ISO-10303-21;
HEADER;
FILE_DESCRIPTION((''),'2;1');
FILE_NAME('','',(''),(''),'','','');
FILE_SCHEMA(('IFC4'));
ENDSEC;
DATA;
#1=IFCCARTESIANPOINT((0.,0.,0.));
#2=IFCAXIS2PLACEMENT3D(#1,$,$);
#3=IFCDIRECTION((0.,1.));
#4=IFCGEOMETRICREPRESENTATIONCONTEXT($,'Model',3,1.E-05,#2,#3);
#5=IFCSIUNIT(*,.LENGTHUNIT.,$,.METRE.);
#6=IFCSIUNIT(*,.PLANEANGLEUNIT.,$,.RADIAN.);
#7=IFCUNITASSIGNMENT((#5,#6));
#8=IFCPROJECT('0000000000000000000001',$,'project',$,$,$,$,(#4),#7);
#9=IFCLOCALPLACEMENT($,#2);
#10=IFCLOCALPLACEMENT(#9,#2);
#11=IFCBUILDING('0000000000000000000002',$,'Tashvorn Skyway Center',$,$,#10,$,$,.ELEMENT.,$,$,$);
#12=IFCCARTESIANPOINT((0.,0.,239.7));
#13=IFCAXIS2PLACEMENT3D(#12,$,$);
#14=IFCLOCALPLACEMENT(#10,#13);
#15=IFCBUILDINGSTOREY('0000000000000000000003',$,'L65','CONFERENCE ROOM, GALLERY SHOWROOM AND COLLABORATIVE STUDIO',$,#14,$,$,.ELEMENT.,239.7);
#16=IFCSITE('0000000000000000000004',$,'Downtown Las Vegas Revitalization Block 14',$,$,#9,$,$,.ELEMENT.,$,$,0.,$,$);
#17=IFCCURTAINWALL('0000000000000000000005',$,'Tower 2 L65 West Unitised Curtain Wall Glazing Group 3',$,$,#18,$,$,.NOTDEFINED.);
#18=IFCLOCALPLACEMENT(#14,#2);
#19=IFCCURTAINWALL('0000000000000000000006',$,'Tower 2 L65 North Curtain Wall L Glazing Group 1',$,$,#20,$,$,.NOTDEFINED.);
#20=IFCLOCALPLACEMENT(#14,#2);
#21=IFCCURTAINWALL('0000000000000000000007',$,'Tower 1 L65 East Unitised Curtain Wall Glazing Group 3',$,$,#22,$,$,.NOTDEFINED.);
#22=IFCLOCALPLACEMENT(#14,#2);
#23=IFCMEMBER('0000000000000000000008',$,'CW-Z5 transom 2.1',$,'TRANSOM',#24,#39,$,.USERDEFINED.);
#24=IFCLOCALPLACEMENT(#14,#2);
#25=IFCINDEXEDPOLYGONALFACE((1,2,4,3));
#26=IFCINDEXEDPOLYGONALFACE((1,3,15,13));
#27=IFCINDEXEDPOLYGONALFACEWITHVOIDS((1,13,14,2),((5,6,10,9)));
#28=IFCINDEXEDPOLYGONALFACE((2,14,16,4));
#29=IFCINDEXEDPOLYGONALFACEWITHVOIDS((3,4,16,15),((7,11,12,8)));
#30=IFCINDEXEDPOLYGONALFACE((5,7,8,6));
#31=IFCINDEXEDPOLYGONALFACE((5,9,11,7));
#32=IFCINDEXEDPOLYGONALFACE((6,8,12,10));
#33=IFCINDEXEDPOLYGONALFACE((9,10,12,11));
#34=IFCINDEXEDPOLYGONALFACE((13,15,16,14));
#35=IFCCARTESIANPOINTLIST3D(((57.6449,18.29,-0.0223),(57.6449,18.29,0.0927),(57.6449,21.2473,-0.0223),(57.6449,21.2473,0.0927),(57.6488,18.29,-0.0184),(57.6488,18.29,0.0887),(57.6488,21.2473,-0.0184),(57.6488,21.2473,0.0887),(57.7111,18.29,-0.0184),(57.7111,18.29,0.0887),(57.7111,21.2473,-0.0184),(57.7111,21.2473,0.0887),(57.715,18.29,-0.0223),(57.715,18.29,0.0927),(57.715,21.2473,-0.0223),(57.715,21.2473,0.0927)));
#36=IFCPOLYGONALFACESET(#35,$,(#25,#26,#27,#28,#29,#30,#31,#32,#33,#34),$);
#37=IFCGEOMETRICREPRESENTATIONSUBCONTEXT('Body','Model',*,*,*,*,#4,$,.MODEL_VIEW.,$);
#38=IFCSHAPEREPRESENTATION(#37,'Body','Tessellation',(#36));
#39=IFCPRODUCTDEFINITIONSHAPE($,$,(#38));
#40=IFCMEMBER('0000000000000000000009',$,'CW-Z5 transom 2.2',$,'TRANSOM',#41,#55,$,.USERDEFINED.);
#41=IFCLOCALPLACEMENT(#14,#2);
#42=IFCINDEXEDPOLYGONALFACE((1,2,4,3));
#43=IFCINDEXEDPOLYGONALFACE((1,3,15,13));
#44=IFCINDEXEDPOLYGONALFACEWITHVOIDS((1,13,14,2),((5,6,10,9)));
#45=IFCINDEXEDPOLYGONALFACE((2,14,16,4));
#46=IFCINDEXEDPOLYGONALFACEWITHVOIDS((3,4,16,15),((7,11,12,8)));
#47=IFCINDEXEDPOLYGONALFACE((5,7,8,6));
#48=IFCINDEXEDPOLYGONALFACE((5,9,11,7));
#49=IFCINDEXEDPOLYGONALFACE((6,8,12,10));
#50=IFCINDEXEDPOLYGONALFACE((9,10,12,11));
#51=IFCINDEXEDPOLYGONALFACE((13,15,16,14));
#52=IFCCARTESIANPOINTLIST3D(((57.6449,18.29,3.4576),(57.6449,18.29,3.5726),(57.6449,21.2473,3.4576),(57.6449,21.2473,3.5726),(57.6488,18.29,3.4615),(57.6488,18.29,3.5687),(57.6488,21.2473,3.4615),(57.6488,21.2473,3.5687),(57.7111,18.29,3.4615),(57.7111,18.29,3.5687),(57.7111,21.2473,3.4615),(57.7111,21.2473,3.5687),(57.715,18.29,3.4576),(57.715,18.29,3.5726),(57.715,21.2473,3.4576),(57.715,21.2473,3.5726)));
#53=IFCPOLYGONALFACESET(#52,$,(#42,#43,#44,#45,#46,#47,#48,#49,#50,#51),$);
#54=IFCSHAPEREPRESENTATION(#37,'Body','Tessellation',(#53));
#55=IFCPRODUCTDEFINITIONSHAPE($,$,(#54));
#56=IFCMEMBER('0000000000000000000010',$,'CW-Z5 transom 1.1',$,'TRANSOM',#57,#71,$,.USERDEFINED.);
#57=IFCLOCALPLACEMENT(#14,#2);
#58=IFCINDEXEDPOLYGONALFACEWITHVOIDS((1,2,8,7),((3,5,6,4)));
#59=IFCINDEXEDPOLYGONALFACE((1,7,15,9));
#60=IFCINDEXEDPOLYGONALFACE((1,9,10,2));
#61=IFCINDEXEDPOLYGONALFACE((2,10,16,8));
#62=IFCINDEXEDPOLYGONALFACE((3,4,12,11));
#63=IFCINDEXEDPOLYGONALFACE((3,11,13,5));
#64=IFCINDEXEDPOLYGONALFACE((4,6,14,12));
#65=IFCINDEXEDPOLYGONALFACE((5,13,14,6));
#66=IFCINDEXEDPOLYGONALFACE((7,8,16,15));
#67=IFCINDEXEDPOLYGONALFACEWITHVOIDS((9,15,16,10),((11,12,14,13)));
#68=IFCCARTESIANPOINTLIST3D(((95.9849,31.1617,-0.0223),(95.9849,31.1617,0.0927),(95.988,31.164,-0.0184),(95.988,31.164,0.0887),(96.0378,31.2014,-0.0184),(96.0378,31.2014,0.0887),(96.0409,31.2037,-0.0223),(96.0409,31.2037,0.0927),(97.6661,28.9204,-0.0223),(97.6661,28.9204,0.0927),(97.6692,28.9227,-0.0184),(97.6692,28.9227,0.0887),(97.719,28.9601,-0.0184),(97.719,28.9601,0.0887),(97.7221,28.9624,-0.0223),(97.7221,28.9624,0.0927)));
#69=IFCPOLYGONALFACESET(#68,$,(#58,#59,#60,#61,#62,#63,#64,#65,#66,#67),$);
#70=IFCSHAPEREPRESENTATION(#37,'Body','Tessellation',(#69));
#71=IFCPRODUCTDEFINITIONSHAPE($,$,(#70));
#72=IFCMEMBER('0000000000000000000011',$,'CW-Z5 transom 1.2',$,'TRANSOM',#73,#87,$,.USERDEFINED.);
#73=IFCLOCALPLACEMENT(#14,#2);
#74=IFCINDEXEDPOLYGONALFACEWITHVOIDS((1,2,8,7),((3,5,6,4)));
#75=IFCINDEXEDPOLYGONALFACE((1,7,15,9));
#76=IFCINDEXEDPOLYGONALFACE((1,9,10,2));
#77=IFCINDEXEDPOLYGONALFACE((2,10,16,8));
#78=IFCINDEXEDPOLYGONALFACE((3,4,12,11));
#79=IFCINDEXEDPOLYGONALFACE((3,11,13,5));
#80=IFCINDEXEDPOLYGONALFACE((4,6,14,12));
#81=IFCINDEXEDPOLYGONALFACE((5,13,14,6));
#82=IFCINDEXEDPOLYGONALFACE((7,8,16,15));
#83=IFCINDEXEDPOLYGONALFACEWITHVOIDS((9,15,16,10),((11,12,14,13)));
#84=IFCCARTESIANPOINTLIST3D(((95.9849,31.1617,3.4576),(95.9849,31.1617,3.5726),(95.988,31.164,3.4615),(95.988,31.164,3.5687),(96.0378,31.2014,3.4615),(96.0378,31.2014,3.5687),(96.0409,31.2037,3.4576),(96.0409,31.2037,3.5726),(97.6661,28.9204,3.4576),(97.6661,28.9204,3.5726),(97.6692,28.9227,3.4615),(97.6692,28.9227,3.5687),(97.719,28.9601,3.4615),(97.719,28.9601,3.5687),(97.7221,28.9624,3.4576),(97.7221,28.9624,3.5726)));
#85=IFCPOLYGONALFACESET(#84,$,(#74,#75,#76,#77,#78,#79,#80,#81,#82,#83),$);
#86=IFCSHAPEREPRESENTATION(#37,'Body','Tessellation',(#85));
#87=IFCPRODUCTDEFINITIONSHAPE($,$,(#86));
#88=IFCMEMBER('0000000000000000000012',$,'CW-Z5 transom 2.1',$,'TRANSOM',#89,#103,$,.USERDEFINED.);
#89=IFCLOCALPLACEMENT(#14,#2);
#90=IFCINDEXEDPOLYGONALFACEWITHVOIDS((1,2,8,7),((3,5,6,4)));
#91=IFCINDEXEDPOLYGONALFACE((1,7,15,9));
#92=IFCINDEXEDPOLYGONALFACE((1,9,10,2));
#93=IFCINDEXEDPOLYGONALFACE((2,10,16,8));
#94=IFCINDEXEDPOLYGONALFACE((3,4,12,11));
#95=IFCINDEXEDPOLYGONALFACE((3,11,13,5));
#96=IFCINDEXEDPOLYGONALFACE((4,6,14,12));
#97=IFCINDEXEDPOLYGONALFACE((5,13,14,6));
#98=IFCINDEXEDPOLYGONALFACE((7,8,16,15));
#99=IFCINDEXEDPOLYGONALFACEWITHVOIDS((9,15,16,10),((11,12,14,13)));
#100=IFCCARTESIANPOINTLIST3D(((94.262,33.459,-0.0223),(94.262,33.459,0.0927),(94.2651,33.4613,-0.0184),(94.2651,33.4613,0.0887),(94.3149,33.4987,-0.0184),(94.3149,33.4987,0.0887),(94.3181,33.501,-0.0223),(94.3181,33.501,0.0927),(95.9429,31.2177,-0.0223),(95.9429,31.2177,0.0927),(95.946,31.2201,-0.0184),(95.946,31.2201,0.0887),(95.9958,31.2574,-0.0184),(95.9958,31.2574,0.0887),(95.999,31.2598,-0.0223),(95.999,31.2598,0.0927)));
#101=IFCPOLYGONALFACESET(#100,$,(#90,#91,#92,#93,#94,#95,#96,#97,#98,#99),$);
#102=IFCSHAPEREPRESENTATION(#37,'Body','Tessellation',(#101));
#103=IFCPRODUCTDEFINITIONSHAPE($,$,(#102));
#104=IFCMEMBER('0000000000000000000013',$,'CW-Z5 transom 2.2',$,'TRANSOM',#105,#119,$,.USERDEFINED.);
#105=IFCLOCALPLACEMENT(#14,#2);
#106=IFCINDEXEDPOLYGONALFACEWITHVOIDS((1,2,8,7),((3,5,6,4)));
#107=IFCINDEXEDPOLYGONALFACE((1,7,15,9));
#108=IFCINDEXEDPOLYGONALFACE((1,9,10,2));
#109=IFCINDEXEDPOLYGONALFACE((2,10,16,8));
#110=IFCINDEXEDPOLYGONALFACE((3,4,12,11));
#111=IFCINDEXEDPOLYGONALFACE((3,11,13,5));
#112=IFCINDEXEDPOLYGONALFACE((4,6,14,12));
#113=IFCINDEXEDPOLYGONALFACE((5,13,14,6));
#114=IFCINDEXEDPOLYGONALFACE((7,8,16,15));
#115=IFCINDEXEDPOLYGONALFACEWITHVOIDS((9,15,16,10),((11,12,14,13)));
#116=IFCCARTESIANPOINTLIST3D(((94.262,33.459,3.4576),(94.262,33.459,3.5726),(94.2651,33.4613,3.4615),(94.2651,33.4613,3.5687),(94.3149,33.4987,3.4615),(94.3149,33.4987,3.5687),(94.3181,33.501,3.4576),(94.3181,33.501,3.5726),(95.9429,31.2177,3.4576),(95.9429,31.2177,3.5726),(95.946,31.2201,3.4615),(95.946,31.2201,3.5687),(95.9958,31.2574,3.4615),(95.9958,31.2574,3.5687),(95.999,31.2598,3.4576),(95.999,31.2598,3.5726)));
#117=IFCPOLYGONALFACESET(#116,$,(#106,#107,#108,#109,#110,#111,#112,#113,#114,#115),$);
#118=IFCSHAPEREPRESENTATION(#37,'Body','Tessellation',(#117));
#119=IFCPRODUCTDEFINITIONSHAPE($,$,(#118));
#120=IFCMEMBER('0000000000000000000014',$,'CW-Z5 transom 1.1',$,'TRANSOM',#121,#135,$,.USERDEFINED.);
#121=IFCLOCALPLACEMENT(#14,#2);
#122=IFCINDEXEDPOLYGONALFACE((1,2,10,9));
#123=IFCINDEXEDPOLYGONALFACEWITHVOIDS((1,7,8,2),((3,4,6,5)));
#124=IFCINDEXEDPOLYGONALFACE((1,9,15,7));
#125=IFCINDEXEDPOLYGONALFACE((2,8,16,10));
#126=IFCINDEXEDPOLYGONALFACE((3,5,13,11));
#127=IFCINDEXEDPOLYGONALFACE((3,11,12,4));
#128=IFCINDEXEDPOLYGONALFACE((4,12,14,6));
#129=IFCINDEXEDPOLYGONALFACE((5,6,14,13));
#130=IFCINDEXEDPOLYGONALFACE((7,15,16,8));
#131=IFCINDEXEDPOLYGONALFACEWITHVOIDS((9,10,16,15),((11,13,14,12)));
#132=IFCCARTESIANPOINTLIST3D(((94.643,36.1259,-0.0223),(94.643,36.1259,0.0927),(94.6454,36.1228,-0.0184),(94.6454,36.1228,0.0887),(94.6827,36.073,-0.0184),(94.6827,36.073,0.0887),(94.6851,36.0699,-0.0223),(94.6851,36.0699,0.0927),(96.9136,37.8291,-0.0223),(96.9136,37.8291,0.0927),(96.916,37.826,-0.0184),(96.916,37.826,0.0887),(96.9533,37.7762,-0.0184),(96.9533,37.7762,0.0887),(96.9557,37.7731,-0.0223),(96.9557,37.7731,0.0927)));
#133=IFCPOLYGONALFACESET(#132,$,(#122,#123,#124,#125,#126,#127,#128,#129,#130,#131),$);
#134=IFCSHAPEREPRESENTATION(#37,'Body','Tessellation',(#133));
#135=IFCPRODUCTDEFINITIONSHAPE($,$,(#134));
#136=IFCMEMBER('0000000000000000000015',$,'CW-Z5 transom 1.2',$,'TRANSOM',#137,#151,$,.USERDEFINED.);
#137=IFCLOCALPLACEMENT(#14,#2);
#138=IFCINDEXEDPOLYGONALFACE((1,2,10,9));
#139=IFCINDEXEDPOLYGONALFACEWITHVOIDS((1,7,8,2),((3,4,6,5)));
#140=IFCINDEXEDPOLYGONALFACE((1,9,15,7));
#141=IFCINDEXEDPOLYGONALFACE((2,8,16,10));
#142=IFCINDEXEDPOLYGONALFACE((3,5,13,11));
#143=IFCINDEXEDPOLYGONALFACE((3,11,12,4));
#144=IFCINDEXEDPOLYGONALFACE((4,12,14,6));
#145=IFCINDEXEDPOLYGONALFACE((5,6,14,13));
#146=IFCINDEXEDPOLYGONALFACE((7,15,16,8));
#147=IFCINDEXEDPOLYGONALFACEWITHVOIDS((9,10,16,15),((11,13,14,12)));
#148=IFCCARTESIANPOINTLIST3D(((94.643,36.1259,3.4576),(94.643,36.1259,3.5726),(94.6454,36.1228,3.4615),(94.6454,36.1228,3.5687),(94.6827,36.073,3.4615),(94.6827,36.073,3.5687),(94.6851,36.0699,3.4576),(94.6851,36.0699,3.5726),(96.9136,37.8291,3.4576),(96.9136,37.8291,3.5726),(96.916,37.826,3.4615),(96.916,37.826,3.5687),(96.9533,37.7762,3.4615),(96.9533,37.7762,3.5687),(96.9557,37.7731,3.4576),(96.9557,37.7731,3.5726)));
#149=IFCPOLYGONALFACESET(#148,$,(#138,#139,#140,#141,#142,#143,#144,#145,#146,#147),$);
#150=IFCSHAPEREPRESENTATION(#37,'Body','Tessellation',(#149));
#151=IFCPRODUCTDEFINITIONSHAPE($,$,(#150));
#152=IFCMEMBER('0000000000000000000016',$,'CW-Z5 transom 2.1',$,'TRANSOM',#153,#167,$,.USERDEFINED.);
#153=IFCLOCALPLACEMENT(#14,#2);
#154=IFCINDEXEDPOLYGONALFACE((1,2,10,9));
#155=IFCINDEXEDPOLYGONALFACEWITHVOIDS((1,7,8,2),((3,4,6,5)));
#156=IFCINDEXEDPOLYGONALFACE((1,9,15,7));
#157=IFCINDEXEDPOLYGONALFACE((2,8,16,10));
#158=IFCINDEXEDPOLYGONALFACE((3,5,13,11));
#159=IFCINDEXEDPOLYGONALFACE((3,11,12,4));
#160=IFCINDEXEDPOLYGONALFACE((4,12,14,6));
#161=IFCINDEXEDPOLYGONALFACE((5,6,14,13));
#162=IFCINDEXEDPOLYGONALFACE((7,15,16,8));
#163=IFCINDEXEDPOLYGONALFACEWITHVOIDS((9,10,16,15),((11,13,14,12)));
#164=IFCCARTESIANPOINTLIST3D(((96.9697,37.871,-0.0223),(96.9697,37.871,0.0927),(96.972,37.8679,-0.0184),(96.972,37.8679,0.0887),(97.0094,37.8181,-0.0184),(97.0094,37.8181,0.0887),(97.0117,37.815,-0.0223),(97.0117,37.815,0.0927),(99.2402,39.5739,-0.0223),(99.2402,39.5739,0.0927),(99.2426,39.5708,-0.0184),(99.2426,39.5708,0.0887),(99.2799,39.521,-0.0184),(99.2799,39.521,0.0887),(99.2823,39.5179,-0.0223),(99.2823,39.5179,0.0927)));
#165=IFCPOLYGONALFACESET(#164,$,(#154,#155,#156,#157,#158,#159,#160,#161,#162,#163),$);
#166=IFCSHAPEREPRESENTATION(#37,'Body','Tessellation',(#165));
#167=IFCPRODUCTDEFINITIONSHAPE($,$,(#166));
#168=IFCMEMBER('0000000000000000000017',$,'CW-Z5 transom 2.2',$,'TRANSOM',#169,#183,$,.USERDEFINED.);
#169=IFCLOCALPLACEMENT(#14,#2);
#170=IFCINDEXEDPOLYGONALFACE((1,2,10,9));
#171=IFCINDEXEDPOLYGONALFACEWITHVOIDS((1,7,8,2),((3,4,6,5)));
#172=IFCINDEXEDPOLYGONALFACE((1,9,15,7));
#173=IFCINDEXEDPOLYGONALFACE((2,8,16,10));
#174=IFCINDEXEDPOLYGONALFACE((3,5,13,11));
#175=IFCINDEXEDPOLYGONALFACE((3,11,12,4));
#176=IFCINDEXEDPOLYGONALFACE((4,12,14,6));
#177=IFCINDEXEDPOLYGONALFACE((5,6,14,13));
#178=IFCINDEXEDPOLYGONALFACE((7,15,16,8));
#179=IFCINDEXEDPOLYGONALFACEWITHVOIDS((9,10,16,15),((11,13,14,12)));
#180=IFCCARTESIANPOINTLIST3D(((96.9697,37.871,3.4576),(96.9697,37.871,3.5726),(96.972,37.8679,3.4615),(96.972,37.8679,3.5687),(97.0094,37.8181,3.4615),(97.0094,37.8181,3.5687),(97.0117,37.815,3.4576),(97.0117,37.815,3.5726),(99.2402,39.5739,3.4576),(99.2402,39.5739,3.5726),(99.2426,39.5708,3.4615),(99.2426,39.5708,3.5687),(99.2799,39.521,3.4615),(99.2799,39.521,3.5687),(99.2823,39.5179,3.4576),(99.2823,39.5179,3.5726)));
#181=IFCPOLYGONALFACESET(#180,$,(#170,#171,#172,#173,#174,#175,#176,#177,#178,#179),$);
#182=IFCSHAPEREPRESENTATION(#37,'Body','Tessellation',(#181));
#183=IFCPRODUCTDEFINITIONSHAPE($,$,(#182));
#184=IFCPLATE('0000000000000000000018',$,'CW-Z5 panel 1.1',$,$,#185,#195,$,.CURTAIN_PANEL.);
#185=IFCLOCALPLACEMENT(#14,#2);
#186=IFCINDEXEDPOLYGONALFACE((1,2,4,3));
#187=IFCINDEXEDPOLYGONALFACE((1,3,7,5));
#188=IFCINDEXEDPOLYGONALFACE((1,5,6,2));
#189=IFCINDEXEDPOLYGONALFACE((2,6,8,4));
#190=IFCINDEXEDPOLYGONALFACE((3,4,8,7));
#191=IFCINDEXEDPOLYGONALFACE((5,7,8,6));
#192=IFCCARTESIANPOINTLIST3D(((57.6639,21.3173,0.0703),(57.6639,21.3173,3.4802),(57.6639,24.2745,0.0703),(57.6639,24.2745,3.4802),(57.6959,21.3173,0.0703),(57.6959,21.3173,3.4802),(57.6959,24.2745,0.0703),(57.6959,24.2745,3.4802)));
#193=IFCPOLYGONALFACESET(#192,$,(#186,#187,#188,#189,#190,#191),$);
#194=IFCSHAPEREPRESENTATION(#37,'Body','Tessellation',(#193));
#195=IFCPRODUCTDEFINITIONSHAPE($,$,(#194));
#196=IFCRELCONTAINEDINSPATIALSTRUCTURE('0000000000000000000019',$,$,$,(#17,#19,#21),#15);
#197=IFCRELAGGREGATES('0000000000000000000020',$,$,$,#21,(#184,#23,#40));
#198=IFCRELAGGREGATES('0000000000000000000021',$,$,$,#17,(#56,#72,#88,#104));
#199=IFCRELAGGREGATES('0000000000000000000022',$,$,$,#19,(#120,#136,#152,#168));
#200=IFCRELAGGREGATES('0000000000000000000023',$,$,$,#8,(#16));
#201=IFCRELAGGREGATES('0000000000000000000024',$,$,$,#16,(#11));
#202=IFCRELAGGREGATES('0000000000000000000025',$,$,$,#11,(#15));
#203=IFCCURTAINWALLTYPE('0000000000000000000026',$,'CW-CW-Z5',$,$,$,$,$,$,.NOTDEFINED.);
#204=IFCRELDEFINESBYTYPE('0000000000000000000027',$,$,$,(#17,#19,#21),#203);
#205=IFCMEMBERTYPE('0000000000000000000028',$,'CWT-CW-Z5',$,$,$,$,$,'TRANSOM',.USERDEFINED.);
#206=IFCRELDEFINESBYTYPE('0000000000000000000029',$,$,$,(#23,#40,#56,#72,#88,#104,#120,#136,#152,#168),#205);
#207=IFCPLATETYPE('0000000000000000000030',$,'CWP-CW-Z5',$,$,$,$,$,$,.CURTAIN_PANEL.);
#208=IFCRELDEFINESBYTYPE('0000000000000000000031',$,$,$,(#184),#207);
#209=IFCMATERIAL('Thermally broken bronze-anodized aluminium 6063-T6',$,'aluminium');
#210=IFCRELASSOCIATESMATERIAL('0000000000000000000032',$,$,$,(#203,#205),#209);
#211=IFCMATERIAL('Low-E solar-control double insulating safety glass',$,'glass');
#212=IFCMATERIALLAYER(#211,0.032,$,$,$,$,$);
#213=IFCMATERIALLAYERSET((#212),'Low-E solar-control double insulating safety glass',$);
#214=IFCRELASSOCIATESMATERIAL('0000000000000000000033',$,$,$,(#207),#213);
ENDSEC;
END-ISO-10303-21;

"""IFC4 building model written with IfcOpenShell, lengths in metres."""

from ifc_helpers import new_model, si_unit, direction, frame, origin, origin_2d, place, context, subcontext, project, spatial, rectangle, hollow_rectangle, extrude, material, layer, layer_set, material_profile, profile_set, type_object, element, aggregate, save


model = new_model("IFC4")

# Units and contexts
model_context = context("Model", 3, precision=1e-05, world=origin(), true_north=direction((0.0, 1.0)))
body_context = subcontext(model_context, "Body", "Model", "MODEL_VIEW")
ifc_project = project(units=[si_unit("LENGTHUNIT", "METRE"), si_unit("PLANEANGLEUNIT", "RADIAN")], contexts=[model_context])

# Site, building, storey
site_placement = place(None, origin())
site = spatial("IfcSite", under=ifc_project, at=site_placement, Name="Downtown Las Vegas Revitalization Block 14", CompositionType="ELEMENT", RefElevation=0.0)
building_placement = place(site_placement, origin())
building = spatial("IfcBuilding", under=site, at=building_placement, Name="Tashvorn Skyway Center", CompositionType="ELEMENT")
storey_placement = place(building_placement, frame((0.0, 0.0, 239.7)))
storey = spatial("IfcBuildingStorey", under=building, at=storey_placement, Name="L65", Description="CONFERENCE ROOM, GALLERY SHOWROOM AND COLLABORATIVE STUDIO", CompositionType="ELEMENT", Elevation=239.7)

# Curtain walls, members
ifc_material_1 = material(Name="Thermally broken bronze-anodized aluminium 6063-T6", Category="aluminium")
curtain_wall_type = type_object("IfcCurtainWallType", Name="CW-CW-Z5", PredefinedType="NOTDEFINED", material=ifc_material_1)
curtain_wall_1_placement = place(storey_placement, origin())
curtain_wall_1 = element("IfcCurtainWall", 1, at=curtain_wall_1_placement, inside=storey, type_object=curtain_wall_type, Name="Tower 2 L65 West Unitised Curtain Wall Glazing Group 3", PredefinedType="NOTDEFINED")
curtain_wall_2_placement = place(storey_placement, origin())
curtain_wall_2 = element("IfcCurtainWall", 2, at=curtain_wall_2_placement, inside=storey, type_object=curtain_wall_type, Name="Tower 2 L65 North Curtain Wall L Glazing Group 1", PredefinedType="NOTDEFINED")
curtain_wall_3_placement = place(storey_placement, origin())
curtain_wall_3 = element("IfcCurtainWall", 3, at=curtain_wall_3_placement, inside=storey, type_object=curtain_wall_type, Name="Tower 1 L65 East Unitised Curtain Wall Glazing Group 3", PredefinedType="NOTDEFINED")
ifc_material_profile_1 = material_profile(ifc_material_1, hollow_rectangle(XDim=0.0701, YDim=0.115, WallThickness=0.0039, at=origin_2d()), Name="ALU-TRAN-70x115")
ifc_profile_set_1 = profile_set([ifc_material_profile_1], Name="Thermally broken bronze-anodized aluminium 6063-T6")
member_type_1 = type_object("IfcMemberType", Name="CWT-CW-Z5", ElementType="TRANSOM", PredefinedType="USERDEFINED", material=ifc_profile_set_1)
member_1_placement = place(storey_placement, frame((57.6799, 21.2473, 0.0352), z_axis=(0.0, -1.0, 0.0), x_axis=(1.0, 0.0, 0.0)))
member_1 = element("IfcMember", 4, at=member_1_placement, type_object=member_type_1, Name="CW-Z5 transom 2.1", ObjectType="TRANSOM", PredefinedType="USERDEFINED", context=body_context, shape_type="SweptSolid", body=[
    extrude(hollow_rectangle(XDim=0.0701, YDim=0.115, WallThickness=0.0039, at=origin_2d()), origin(), (0.0, 0.0, 1.0), 2.9573),
])
member_2_placement = place(storey_placement, frame((57.6799, 21.2473, 3.5151), z_axis=(0.0, -1.0, 0.0), x_axis=(1.0, 0.0, 0.0)))
member_2 = element("IfcMember", 5, at=member_2_placement, type_object=member_type_1, Name="CW-Z5 transom 2.2", ObjectType="TRANSOM", PredefinedType="USERDEFINED", context=body_context, shape_type="SweptSolid", body=[
    extrude(hollow_rectangle(XDim=0.0701, YDim=0.115, WallThickness=0.0039, at=origin_2d()), origin(), (0.0, 0.0, 1.0), 2.9573),
])

# Members
member_3_placement = place(storey_placement, frame((97.6941, 28.9414, 0.0352), z_axis=(-0.600056, 0.799958, 0.0), x_axis=(-0.799958, -0.600056, 0.0)))
member_3 = element("IfcMember", 6, at=member_3_placement, type_object=member_type_1, Name="CW-Z5 transom 1.1", ObjectType="TRANSOM", PredefinedType="USERDEFINED", context=body_context, shape_type="SweptSolid", body=[
    extrude(hollow_rectangle(XDim=0.0701, YDim=0.115, WallThickness=0.0039, at=origin_2d()), origin(), (0.0, 0.0, 1.0), 2.8018),
])
member_4_placement = place(storey_placement, frame((97.6941, 28.9414, 3.5151), z_axis=(-0.600056, 0.799958, 0.0), x_axis=(-0.799958, -0.600056, 0.0)))
member_4 = element("IfcMember", 7, at=member_4_placement, type_object=member_type_1, Name="CW-Z5 transom 1.2", ObjectType="TRANSOM", PredefinedType="USERDEFINED", context=body_context, shape_type="SweptSolid", body=[
    extrude(hollow_rectangle(XDim=0.0701, YDim=0.115, WallThickness=0.0039, at=origin_2d()), origin(), (0.0, 0.0, 1.0), 2.8018),
])
member_5_placement = place(storey_placement, frame((95.9709, 31.2388, 0.0352), z_axis=(-0.6, 0.8, 0.0), x_axis=(-0.8, -0.6, 0.0)))
member_5 = element("IfcMember", 8, at=member_5_placement, type_object=member_type_1, Name="CW-Z5 transom 2.1", ObjectType="TRANSOM", PredefinedType="USERDEFINED", context=body_context, shape_type="SweptSolid", body=[
    extrude(hollow_rectangle(XDim=0.0701, YDim=0.115, WallThickness=0.0039, at=origin_2d()), origin(), (0.0, 0.0, 1.0), 2.8015),
])
member_6_placement = place(storey_placement, frame((95.9709, 31.2388, 3.5151), z_axis=(-0.6, 0.8, 0.0), x_axis=(-0.8, -0.6, 0.0)))
member_6 = element("IfcMember", 9, at=member_6_placement, type_object=member_type_1, Name="CW-Z5 transom 2.2", ObjectType="TRANSOM", PredefinedType="USERDEFINED", context=body_context, shape_type="SweptSolid", body=[
    extrude(hollow_rectangle(XDim=0.0701, YDim=0.115, WallThickness=0.0039, at=origin_2d()), origin(), (0.0, 0.0, 1.0), 2.8015),
])
member_7_placement = place(storey_placement, frame((94.6641, 36.0979, 0.0352), z_axis=(0.799959, 0.600055, 0.0), x_axis=(-0.600055, 0.799959, 0.0)))
member_7 = element("IfcMember", 10, at=member_7_placement, type_object=member_type_1, Name="CW-Z5 transom 1.1", ObjectType="TRANSOM", PredefinedType="USERDEFINED", context=body_context, shape_type="SweptSolid", body=[
    extrude(hollow_rectangle(XDim=0.0701, YDim=0.115, WallThickness=0.0039, at=origin_2d()), origin(), (0.0, 0.0, 1.0), 2.8384),
])
member_8_placement = place(storey_placement, frame((94.6641, 36.0979, 3.5151), z_axis=(0.799959, 0.600055, 0.0), x_axis=(-0.600055, 0.799959, 0.0)))
member_8 = element("IfcMember", 11, at=member_8_placement, type_object=member_type_1, Name="CW-Z5 transom 1.2", ObjectType="TRANSOM", PredefinedType="USERDEFINED", context=body_context, shape_type="SweptSolid", body=[
    extrude(hollow_rectangle(XDim=0.0701, YDim=0.115, WallThickness=0.0039, at=origin_2d()), origin(), (0.0, 0.0, 1.0), 2.8384),
])
member_9_placement = place(storey_placement, frame((96.9907, 37.843, 0.0352), z_axis=(0.8, 0.6, 0.0), x_axis=(-0.6, 0.8, 0.0)))
member_9 = element("IfcMember", 12, at=member_9_placement, type_object=member_type_1, Name="CW-Z5 transom 2.1", ObjectType="TRANSOM", PredefinedType="USERDEFINED", context=body_context, shape_type="SweptSolid", body=[
    extrude(hollow_rectangle(XDim=0.0701, YDim=0.115, WallThickness=0.0039, at=origin_2d()), origin(), (0.0, 0.0, 1.0), 2.8381),
])
member_10_placement = place(storey_placement, frame((96.9907, 37.843, 3.5151), z_axis=(0.8, 0.6, 0.0), x_axis=(-0.6, 0.8, 0.0)))
member_10 = element("IfcMember", 13, at=member_10_placement, type_object=member_type_1, Name="CW-Z5 transom 2.2", ObjectType="TRANSOM", PredefinedType="USERDEFINED", context=body_context, shape_type="SweptSolid", body=[
    extrude(hollow_rectangle(XDim=0.0701, YDim=0.115, WallThickness=0.0039, at=origin_2d()), origin(), (0.0, 0.0, 1.0), 2.8381),
])

# Plate
ifc_material_2 = material(Name="Low-E solar-control double insulating safety glass", Category="glass")
ifc_layer_1 = layer(ifc_material_2, 0.032)
ifc_layer_set_1 = layer_set([ifc_layer_1], Name="Low-E solar-control double insulating safety glass")
plate_type = type_object("IfcPlateType", Name="CWP-CW-Z5", PredefinedType="CURTAIN_PANEL", material=ifc_layer_set_1)
plate_1_placement = place(storey_placement, frame((57.6799, 22.7959, 0.0703), z_axis=(0.0, 0.0, 1.0), x_axis=(0.0, -1.0, 0.0)))
plate_1 = element("IfcPlate", 14, at=plate_1_placement, type_object=plate_type, Name="CW-Z5 panel 1.1", PredefinedType="CURTAIN_PANEL", context=body_context, shape_type="SweptSolid", body=[
    extrude(rectangle(XDim=2.9573, YDim=0.032, at=origin_2d()), origin(), (0.0, 0.0, 1.0), 3.4099),
])
aggregate(curtain_wall_3, [plate_1, member_1, member_2])
aggregate(curtain_wall_1, [member_3, member_4, member_5, member_6])
aggregate(curtain_wall_2, [member_7, member_8, member_9, member_10])

save(model, "model.ifc")
